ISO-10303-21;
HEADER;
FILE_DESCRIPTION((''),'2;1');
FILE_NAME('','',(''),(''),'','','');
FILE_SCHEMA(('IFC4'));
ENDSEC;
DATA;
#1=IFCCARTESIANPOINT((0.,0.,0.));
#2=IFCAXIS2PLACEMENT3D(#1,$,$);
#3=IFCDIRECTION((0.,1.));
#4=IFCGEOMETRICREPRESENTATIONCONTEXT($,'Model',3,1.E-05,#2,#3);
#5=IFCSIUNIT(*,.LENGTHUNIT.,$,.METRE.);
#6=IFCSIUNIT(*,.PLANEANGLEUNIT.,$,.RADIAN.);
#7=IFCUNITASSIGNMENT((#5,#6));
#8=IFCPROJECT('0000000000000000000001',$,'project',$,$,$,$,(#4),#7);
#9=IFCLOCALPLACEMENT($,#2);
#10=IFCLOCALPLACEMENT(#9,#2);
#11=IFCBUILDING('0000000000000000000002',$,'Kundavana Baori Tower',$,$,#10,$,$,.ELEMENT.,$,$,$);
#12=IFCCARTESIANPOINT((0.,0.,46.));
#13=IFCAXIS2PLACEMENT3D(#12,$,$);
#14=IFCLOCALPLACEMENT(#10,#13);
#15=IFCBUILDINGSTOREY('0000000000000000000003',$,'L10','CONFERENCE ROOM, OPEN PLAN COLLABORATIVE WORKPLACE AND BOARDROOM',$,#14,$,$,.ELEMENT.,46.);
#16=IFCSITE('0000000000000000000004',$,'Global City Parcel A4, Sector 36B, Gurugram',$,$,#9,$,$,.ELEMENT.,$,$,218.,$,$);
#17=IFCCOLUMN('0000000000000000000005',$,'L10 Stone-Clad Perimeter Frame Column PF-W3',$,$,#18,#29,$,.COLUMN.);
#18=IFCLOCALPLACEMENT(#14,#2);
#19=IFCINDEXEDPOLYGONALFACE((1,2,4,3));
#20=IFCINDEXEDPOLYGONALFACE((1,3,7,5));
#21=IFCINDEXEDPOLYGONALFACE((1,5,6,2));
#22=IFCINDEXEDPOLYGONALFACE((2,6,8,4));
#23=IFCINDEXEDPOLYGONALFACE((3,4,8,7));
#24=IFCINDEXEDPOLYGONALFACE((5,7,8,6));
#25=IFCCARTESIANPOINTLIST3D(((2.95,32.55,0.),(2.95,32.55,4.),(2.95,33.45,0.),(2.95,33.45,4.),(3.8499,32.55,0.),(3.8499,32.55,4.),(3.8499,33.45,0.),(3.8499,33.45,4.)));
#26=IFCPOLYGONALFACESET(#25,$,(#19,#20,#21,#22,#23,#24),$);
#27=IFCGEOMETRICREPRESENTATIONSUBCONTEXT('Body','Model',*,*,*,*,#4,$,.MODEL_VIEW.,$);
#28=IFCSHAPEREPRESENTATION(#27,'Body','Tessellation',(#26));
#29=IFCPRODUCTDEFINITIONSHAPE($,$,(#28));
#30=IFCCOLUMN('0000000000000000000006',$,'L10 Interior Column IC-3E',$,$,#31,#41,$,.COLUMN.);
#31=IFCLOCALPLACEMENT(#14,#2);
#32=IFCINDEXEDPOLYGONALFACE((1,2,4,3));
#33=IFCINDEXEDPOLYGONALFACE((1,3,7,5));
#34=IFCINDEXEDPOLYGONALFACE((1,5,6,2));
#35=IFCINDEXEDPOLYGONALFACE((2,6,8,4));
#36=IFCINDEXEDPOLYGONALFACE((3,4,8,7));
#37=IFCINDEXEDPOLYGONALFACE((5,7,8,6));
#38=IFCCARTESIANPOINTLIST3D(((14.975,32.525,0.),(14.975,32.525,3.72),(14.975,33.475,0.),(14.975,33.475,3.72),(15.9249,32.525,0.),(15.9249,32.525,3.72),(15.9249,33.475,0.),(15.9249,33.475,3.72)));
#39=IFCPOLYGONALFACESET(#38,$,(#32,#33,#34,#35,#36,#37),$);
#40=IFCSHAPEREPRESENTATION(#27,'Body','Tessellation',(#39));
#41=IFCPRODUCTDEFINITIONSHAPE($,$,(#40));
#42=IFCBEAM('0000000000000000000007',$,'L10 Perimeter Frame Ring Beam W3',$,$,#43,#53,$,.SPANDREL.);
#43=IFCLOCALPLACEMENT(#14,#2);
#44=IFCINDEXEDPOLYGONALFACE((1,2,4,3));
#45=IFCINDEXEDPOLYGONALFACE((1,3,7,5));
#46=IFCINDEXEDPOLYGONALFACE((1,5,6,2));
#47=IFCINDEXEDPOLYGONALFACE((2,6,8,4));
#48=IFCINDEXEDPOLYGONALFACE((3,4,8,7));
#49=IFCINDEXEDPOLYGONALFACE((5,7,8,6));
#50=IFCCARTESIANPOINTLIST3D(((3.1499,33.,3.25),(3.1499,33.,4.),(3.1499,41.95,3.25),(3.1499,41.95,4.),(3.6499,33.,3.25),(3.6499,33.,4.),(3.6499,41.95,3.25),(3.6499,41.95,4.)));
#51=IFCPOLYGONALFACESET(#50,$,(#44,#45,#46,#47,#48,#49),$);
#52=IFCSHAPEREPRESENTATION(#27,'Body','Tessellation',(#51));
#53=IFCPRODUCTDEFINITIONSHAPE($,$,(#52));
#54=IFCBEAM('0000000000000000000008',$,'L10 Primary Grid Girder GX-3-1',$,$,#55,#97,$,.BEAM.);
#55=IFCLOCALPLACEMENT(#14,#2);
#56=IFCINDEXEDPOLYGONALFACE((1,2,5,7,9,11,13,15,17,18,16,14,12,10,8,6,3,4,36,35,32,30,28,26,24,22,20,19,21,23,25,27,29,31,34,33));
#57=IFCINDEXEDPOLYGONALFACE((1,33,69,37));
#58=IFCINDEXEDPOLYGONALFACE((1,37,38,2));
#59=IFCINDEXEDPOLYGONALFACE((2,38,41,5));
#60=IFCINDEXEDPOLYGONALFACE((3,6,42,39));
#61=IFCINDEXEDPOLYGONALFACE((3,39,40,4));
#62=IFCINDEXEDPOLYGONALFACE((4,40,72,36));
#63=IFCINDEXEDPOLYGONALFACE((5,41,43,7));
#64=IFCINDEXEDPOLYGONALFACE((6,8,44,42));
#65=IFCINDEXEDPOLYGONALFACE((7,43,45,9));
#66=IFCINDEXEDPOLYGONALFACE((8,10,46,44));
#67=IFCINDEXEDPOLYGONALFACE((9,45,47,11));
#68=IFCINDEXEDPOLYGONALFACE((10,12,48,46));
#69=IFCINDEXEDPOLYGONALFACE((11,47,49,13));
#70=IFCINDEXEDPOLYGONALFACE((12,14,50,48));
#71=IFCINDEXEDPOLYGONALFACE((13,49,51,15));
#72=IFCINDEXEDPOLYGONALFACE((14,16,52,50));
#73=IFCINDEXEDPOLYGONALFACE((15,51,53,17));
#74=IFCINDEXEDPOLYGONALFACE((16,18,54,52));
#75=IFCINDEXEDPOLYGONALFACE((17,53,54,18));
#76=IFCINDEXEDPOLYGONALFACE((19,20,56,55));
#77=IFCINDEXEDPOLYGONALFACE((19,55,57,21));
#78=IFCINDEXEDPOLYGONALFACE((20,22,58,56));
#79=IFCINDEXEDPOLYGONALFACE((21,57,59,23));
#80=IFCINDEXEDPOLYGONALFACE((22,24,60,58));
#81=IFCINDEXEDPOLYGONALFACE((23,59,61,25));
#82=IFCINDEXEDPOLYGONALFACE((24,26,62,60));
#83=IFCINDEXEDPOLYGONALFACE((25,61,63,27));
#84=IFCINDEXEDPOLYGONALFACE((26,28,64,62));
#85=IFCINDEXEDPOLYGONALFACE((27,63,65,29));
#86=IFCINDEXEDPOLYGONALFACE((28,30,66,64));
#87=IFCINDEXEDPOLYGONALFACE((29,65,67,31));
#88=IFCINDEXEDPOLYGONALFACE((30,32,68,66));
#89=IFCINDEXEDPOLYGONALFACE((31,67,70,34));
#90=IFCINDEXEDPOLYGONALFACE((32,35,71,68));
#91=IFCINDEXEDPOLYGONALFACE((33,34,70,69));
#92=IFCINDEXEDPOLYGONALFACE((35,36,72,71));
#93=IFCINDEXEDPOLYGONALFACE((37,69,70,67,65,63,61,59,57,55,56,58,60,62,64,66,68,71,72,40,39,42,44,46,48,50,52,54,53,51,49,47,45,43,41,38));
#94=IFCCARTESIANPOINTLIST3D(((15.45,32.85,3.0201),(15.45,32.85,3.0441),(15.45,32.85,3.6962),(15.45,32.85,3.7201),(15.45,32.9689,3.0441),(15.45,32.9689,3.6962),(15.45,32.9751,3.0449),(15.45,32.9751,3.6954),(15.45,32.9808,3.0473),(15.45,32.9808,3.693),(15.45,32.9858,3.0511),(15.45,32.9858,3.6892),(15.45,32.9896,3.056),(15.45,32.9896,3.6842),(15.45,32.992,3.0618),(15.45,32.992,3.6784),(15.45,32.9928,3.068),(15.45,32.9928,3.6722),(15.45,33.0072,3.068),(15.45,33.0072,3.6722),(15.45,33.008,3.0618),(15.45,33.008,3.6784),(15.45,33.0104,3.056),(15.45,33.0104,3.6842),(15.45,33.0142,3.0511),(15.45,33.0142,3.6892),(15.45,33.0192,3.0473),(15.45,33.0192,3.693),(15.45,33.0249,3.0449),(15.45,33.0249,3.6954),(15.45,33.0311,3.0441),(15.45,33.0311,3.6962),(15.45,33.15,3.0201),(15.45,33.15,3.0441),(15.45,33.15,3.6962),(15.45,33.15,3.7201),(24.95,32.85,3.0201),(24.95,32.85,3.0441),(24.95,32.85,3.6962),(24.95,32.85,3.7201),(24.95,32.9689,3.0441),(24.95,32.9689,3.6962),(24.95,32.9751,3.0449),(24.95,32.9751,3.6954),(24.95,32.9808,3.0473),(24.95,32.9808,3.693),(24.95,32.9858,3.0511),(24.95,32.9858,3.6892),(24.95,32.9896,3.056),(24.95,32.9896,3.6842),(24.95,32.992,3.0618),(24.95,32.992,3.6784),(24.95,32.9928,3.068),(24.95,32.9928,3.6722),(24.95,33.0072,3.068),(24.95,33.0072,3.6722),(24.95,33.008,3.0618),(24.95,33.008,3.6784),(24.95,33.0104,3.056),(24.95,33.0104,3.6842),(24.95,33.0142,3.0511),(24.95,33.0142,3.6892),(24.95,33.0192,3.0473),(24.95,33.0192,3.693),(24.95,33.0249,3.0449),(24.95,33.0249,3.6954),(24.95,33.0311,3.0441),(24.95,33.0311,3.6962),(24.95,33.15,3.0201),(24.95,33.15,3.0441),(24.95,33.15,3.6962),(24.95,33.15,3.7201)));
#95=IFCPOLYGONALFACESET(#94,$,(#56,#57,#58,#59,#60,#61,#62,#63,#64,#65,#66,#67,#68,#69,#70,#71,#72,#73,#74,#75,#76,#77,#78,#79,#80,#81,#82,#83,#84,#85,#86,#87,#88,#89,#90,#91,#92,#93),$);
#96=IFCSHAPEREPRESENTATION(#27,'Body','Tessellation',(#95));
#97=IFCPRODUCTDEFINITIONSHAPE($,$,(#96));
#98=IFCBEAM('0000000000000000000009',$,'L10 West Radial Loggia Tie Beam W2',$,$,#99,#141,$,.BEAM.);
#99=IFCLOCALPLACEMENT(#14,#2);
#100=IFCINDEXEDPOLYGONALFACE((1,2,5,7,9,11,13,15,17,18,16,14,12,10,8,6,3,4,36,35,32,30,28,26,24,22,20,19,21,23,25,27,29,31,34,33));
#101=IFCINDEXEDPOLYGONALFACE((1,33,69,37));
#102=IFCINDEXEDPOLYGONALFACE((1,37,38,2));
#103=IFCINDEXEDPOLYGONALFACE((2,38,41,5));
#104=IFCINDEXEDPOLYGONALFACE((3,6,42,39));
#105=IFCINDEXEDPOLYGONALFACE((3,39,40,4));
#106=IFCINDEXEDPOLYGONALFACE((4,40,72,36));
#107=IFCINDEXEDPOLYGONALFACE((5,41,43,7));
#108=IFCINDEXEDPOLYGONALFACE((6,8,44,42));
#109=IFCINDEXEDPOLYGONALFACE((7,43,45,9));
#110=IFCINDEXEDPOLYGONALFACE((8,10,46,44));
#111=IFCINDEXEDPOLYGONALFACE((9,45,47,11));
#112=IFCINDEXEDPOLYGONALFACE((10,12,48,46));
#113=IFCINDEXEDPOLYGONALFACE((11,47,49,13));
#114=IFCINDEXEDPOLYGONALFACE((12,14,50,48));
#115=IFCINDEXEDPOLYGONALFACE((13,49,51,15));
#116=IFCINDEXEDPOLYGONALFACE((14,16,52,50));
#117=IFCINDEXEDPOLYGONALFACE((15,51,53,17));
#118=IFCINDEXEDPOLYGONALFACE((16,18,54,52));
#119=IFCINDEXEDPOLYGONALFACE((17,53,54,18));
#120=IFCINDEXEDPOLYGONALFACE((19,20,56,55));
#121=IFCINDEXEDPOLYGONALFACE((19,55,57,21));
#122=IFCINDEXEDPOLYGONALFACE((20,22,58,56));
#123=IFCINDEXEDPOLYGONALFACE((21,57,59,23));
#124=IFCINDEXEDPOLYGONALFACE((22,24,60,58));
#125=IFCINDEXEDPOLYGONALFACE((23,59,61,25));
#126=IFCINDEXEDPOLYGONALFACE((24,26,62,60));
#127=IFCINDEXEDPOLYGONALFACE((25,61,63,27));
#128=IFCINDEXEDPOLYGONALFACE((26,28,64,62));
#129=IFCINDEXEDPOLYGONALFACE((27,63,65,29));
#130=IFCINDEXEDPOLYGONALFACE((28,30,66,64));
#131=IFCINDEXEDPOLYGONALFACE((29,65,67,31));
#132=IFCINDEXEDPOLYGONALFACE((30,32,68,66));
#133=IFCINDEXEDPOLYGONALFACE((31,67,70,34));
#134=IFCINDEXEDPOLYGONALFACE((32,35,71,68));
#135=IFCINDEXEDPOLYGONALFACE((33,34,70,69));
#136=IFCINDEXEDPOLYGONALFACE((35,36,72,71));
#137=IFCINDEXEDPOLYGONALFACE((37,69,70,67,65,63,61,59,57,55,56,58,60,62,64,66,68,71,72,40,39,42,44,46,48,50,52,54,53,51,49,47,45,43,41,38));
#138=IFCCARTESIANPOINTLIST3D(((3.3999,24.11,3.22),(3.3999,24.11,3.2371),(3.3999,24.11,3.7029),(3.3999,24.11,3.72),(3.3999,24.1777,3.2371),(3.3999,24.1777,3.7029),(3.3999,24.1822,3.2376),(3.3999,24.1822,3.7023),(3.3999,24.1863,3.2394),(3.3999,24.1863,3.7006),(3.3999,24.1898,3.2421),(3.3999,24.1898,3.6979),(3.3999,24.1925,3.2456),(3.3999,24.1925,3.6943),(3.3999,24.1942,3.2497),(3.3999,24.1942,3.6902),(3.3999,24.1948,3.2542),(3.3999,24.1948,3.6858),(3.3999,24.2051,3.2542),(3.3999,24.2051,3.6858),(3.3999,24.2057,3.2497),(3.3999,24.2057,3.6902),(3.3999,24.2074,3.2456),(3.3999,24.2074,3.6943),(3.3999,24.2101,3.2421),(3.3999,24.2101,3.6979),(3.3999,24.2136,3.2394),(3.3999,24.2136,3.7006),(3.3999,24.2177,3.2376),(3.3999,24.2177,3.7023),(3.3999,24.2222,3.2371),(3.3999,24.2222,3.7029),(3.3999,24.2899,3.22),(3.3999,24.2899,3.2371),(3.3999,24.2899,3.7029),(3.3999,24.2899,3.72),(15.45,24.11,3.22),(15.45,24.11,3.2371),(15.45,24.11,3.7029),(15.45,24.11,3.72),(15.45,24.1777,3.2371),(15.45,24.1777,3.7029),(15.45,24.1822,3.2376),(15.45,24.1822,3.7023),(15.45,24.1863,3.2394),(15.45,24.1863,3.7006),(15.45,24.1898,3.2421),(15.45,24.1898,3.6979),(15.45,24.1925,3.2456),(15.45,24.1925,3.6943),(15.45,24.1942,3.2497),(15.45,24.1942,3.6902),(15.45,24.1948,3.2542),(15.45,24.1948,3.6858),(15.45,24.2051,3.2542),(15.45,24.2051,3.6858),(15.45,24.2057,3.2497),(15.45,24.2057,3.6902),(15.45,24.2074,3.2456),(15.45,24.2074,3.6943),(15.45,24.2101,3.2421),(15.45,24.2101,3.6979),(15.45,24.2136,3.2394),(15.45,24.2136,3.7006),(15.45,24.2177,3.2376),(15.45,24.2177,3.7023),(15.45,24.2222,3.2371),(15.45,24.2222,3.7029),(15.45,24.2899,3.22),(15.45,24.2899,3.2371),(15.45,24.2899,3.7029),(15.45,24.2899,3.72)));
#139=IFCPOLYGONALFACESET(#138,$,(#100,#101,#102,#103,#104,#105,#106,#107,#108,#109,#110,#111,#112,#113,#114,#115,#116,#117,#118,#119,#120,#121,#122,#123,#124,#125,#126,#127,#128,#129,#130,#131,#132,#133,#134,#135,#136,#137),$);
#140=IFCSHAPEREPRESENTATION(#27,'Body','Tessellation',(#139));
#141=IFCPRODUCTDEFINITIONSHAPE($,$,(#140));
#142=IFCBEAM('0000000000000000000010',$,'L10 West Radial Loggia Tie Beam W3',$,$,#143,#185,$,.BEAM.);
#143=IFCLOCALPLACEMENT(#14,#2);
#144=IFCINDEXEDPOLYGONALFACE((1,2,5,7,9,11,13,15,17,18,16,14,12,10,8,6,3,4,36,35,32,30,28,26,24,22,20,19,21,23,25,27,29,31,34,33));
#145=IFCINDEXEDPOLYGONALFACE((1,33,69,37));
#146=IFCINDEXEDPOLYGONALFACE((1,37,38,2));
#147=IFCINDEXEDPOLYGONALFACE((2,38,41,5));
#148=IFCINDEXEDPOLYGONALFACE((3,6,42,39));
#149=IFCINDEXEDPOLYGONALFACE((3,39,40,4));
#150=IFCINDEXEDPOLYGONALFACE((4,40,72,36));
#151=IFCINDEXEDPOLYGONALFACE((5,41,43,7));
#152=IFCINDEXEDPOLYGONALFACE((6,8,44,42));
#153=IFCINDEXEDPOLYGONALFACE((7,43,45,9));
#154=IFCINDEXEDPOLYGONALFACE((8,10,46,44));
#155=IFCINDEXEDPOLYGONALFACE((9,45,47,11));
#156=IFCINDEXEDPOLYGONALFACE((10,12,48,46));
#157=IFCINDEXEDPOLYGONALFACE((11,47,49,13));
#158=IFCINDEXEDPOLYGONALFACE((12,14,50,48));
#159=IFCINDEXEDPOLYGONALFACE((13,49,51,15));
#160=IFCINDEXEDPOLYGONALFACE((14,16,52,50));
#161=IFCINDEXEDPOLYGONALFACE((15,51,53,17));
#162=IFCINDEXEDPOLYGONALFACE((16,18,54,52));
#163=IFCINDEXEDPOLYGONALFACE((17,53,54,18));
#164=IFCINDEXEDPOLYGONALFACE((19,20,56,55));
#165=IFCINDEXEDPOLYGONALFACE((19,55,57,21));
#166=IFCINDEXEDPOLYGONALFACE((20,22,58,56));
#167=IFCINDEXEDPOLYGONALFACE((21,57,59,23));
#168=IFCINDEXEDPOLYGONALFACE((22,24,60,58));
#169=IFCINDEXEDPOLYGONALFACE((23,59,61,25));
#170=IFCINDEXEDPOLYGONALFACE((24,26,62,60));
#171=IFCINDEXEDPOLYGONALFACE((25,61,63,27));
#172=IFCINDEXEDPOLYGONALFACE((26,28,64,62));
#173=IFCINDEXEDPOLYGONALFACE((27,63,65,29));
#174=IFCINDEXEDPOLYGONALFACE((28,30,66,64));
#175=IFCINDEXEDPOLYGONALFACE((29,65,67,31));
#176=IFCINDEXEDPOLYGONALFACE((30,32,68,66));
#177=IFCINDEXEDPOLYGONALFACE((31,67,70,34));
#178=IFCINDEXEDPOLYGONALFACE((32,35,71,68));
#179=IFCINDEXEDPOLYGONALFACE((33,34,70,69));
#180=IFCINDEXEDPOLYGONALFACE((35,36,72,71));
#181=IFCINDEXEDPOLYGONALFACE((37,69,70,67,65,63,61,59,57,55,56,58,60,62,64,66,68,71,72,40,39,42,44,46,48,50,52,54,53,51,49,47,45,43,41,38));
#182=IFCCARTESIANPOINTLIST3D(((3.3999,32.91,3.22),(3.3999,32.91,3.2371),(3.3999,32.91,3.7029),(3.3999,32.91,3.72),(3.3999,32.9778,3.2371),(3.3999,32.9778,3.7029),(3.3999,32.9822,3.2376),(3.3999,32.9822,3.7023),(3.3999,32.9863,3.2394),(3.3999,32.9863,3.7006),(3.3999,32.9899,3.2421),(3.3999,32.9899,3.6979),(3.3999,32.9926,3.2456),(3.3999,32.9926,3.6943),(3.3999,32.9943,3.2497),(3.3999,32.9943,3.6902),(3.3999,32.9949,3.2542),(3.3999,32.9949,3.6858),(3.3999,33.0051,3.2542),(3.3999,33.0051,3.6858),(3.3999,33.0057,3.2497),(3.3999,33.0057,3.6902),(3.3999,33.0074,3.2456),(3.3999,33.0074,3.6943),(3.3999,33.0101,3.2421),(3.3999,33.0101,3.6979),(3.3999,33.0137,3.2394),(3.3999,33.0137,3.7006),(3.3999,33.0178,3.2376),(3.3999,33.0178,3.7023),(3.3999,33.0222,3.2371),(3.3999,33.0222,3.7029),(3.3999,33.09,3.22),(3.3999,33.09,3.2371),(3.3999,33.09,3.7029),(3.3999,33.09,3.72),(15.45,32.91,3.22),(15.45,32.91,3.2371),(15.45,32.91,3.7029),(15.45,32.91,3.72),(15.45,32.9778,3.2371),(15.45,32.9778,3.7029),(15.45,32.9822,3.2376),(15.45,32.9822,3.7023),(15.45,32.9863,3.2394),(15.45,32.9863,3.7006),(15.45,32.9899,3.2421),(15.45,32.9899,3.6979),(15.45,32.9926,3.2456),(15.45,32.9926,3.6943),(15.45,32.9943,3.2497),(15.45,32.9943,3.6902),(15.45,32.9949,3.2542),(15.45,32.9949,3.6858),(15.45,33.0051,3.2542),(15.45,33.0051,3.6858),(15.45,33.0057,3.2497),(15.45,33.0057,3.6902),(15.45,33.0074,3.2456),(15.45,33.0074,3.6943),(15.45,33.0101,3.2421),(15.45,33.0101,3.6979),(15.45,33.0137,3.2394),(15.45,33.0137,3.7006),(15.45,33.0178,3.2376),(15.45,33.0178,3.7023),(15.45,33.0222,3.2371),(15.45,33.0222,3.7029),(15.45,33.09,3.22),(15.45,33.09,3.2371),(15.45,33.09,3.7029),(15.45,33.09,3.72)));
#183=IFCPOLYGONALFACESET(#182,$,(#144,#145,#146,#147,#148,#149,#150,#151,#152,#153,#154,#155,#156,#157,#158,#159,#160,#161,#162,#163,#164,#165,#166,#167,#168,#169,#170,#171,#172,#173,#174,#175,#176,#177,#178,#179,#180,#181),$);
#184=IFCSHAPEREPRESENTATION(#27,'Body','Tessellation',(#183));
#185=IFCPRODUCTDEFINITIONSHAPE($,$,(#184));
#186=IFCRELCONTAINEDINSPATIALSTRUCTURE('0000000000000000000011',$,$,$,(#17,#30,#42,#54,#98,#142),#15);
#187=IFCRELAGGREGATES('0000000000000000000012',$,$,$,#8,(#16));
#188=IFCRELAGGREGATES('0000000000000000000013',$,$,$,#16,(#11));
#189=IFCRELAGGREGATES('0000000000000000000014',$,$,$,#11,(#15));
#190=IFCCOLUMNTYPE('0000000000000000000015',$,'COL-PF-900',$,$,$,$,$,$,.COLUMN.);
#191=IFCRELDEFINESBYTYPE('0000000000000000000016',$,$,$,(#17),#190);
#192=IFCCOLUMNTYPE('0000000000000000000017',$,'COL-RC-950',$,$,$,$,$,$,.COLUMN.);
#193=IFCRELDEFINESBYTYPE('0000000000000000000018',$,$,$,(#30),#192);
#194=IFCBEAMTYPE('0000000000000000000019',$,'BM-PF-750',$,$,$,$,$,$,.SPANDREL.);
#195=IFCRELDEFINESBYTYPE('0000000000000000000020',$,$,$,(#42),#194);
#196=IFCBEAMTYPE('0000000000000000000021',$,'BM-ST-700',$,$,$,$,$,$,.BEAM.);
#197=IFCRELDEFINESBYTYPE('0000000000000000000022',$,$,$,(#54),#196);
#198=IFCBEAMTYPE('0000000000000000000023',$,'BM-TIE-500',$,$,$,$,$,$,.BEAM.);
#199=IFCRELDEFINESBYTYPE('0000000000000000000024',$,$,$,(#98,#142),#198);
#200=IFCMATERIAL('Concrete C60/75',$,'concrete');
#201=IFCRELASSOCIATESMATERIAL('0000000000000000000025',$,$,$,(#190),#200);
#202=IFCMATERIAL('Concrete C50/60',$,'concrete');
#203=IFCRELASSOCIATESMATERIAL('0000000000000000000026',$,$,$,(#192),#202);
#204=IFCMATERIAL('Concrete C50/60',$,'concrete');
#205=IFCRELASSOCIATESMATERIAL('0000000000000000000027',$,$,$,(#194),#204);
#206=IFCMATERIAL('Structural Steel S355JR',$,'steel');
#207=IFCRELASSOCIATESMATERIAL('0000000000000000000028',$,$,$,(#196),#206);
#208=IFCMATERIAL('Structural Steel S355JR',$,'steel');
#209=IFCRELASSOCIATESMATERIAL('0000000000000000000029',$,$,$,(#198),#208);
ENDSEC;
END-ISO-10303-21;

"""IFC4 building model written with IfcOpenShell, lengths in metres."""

from ifc_helpers import new_model, si_unit, direction, frame, origin, origin_2d, place, context, subcontext, project, spatial, rectangle, i_section, extrude, material, material_profile, profile_set, type_object, element, save


model = new_model("IFC4")

# Units and contexts
model_context = context("Model", 3, precision=1e-05, world=origin(), true_north=direction((0.0, 1.0)))
body_context = subcontext(model_context, "Body", "Model", "MODEL_VIEW")
ifc_project = project(units=[si_unit("LENGTHUNIT", "METRE"), si_unit("PLANEANGLEUNIT", "RADIAN")], contexts=[model_context])

# Site, building, storey
site_placement = place(None, origin())
site = spatial("IfcSite", under=ifc_project, at=site_placement, Name="Global City Parcel A4, Sector 36B, Gurugram", CompositionType="ELEMENT", RefElevation=218.0)
building_placement = place(site_placement, origin())
building = spatial("IfcBuilding", under=site, at=building_placement, Name="Kundavana Baori Tower", CompositionType="ELEMENT")
storey_placement = place(building_placement, frame((0.0, 0.0, 46.0)))
storey = spatial("IfcBuildingStorey", under=building, at=storey_placement, Name="L10", Description="CONFERENCE ROOM, OPEN PLAN COLLABORATIVE WORKPLACE AND BOARDROOM", CompositionType="ELEMENT", Elevation=46.0)

# Columns
ifc_material_1 = material(Name="Concrete C60/75", Category="concrete")
ifc_material_profile_1 = material_profile(ifc_material_1, rectangle(XDim=0.8999, YDim=0.8999, at=origin_2d()), Name="RC PF 900x900")
ifc_profile_set_1 = profile_set([ifc_material_profile_1], Name="Concrete C60/75")
column_type_1 = type_object("IfcColumnType", Name="COL-PF-900", PredefinedType="COLUMN", material=ifc_profile_set_1)
column_1_placement = place(storey_placement, frame((3.3999, 33.0, 0.0), z_axis=(0.0, 0.0, 1.0), x_axis=(1.0, 0.0, 0.0)))
element("IfcColumn", 1, at=column_1_placement, inside=storey, type_object=column_type_1, Name="L10 Stone-Clad Perimeter Frame Column PF-W3", PredefinedType="COLUMN", context=body_context, shape_type="SweptSolid", body=[
    extrude(rectangle(XDim=0.8999, YDim=0.8999, at=origin_2d()), origin(), (0.0, 0.0, 1.0), 4.0),
])
ifc_material_2 = material(Name="Concrete C50/60", Category="concrete")
ifc_material_profile_2 = material_profile(ifc_material_2, rectangle(XDim=0.95, YDim=0.95, at=origin_2d()), Name="RC 950x950")
ifc_profile_set_2 = profile_set([ifc_material_profile_2], Name="Concrete C50/60")
column_type_2 = type_object("IfcColumnType", Name="COL-RC-950", PredefinedType="COLUMN", material=ifc_profile_set_2)
column_2_placement = place(storey_placement, frame((15.45, 33.0, 0.0), z_axis=(0.0, 0.0, 1.0), x_axis=(1.0, 0.0, 0.0)))
element("IfcColumn", 2, at=column_2_placement, inside=storey, type_object=column_type_2, Name="L10 Interior Column IC-3E", PredefinedType="COLUMN", context=body_context, shape_type="SweptSolid", body=[
    extrude(rectangle(XDim=0.95, YDim=0.95, at=origin_2d()), origin(), (0.0, 0.0, 1.0), 3.72),
])

# Beams
ifc_material_3 = material(Name="Concrete C50/60", Category="concrete")
ifc_material_profile_3 = material_profile(ifc_material_3, rectangle(XDim=0.5, YDim=0.75, at=origin_2d()), Name="RC BM 500x750")
ifc_profile_set_3 = profile_set([ifc_material_profile_3], Name="Concrete C50/60")
beam_type_1 = type_object("IfcBeamType", Name="BM-PF-750", PredefinedType="SPANDREL", material=ifc_profile_set_3)
beam_1_placement = place(storey_placement, frame((3.3999, 33.0, 3.625), z_axis=(0.0, 1.0, 0.0), x_axis=(-1.0, 0.0, 0.0)))
element("IfcBeam", 3, at=beam_1_placement, inside=storey, type_object=beam_type_1, Name="L10 Perimeter Frame Ring Beam W3", PredefinedType="SPANDREL", context=body_context, shape_type="SweptSolid", body=[
    extrude(rectangle(XDim=0.5, YDim=0.75, at=origin_2d()), origin(), (0.0, 0.0, 1.0), 8.95),
])
ifc_material_4 = material(Name="Structural Steel S355JR", Category="steel")
ifc_material_profile_4 = material_profile(ifc_material_4, i_section(OverallWidth=0.3, OverallDepth=0.7, WebThickness=0.0144, FlangeThickness=0.0239, FilletRadius=0.0239, at=origin_2d()), Name="NPB 700x300x170")
ifc_profile_set_4 = profile_set([ifc_material_profile_4], Name="Structural Steel S355JR")
beam_type_2 = type_object("IfcBeamType", Name="BM-ST-700", PredefinedType="BEAM", material=ifc_profile_set_4)
beam_2_placement = place(storey_placement, frame((15.45, 33.0, 3.3701), z_axis=(1.0, 0.0, 0.0), x_axis=(0.0, 1.0, 0.0)))
element("IfcBeam", 4, at=beam_2_placement, inside=storey, type_object=beam_type_2, Name="L10 Primary Grid Girder GX-3-1", PredefinedType="BEAM", context=body_context, shape_type="SweptSolid", body=[
    extrude(i_section(OverallWidth=0.3, OverallDepth=0.7, WebThickness=0.0144, FlangeThickness=0.0239, FilletRadius=0.0239, at=origin_2d()), origin(), (0.0, 0.0, 1.0), 9.5),
])
ifc_material_5 = material(Name="Structural Steel S355JR", Category="steel")
ifc_material_profile_5 = material_profile(ifc_material_5, i_section(OverallWidth=0.1799, OverallDepth=0.5, WebThickness=0.0103, FlangeThickness=0.0171, FilletRadius=0.0171, at=origin_2d()), Name="ISMB 500")
ifc_profile_set_5 = profile_set([ifc_material_profile_5], Name="Structural Steel S355JR")
beam_type_3 = type_object("IfcBeamType", Name="BM-TIE-500", PredefinedType="BEAM", material=ifc_profile_set_5)
for number, where, z_axis, x_axis, name in (
    (5, (15.45, 24.2, 3.47), (-1.0, 0.0, 0.0), (0.0, -1.0, 0.0), "L10 West Radial Loggia Tie Beam W2"),
    (6, (15.45, 33.0, 3.47), (-1.0, 0.0, 0.0), (0.0, -1.0, 0.0), "L10 West Radial Loggia Tie Beam W3"),
):
    element("IfcBeam", number, at=place(storey_placement, frame(where, z_axis=z_axis, x_axis=x_axis)), inside=storey, type_object=beam_type_3, Name=name, PredefinedType="BEAM", context=body_context, shape_type="SweptSolid", body=[
        extrude(i_section(OverallWidth=0.1799, OverallDepth=0.5, WebThickness=0.0103, FlangeThickness=0.0171, FilletRadius=0.0171, at=origin_2d()), origin(), (0.0, 0.0, 1.0), 12.05),
    ])

save(model, "model.ifc")
